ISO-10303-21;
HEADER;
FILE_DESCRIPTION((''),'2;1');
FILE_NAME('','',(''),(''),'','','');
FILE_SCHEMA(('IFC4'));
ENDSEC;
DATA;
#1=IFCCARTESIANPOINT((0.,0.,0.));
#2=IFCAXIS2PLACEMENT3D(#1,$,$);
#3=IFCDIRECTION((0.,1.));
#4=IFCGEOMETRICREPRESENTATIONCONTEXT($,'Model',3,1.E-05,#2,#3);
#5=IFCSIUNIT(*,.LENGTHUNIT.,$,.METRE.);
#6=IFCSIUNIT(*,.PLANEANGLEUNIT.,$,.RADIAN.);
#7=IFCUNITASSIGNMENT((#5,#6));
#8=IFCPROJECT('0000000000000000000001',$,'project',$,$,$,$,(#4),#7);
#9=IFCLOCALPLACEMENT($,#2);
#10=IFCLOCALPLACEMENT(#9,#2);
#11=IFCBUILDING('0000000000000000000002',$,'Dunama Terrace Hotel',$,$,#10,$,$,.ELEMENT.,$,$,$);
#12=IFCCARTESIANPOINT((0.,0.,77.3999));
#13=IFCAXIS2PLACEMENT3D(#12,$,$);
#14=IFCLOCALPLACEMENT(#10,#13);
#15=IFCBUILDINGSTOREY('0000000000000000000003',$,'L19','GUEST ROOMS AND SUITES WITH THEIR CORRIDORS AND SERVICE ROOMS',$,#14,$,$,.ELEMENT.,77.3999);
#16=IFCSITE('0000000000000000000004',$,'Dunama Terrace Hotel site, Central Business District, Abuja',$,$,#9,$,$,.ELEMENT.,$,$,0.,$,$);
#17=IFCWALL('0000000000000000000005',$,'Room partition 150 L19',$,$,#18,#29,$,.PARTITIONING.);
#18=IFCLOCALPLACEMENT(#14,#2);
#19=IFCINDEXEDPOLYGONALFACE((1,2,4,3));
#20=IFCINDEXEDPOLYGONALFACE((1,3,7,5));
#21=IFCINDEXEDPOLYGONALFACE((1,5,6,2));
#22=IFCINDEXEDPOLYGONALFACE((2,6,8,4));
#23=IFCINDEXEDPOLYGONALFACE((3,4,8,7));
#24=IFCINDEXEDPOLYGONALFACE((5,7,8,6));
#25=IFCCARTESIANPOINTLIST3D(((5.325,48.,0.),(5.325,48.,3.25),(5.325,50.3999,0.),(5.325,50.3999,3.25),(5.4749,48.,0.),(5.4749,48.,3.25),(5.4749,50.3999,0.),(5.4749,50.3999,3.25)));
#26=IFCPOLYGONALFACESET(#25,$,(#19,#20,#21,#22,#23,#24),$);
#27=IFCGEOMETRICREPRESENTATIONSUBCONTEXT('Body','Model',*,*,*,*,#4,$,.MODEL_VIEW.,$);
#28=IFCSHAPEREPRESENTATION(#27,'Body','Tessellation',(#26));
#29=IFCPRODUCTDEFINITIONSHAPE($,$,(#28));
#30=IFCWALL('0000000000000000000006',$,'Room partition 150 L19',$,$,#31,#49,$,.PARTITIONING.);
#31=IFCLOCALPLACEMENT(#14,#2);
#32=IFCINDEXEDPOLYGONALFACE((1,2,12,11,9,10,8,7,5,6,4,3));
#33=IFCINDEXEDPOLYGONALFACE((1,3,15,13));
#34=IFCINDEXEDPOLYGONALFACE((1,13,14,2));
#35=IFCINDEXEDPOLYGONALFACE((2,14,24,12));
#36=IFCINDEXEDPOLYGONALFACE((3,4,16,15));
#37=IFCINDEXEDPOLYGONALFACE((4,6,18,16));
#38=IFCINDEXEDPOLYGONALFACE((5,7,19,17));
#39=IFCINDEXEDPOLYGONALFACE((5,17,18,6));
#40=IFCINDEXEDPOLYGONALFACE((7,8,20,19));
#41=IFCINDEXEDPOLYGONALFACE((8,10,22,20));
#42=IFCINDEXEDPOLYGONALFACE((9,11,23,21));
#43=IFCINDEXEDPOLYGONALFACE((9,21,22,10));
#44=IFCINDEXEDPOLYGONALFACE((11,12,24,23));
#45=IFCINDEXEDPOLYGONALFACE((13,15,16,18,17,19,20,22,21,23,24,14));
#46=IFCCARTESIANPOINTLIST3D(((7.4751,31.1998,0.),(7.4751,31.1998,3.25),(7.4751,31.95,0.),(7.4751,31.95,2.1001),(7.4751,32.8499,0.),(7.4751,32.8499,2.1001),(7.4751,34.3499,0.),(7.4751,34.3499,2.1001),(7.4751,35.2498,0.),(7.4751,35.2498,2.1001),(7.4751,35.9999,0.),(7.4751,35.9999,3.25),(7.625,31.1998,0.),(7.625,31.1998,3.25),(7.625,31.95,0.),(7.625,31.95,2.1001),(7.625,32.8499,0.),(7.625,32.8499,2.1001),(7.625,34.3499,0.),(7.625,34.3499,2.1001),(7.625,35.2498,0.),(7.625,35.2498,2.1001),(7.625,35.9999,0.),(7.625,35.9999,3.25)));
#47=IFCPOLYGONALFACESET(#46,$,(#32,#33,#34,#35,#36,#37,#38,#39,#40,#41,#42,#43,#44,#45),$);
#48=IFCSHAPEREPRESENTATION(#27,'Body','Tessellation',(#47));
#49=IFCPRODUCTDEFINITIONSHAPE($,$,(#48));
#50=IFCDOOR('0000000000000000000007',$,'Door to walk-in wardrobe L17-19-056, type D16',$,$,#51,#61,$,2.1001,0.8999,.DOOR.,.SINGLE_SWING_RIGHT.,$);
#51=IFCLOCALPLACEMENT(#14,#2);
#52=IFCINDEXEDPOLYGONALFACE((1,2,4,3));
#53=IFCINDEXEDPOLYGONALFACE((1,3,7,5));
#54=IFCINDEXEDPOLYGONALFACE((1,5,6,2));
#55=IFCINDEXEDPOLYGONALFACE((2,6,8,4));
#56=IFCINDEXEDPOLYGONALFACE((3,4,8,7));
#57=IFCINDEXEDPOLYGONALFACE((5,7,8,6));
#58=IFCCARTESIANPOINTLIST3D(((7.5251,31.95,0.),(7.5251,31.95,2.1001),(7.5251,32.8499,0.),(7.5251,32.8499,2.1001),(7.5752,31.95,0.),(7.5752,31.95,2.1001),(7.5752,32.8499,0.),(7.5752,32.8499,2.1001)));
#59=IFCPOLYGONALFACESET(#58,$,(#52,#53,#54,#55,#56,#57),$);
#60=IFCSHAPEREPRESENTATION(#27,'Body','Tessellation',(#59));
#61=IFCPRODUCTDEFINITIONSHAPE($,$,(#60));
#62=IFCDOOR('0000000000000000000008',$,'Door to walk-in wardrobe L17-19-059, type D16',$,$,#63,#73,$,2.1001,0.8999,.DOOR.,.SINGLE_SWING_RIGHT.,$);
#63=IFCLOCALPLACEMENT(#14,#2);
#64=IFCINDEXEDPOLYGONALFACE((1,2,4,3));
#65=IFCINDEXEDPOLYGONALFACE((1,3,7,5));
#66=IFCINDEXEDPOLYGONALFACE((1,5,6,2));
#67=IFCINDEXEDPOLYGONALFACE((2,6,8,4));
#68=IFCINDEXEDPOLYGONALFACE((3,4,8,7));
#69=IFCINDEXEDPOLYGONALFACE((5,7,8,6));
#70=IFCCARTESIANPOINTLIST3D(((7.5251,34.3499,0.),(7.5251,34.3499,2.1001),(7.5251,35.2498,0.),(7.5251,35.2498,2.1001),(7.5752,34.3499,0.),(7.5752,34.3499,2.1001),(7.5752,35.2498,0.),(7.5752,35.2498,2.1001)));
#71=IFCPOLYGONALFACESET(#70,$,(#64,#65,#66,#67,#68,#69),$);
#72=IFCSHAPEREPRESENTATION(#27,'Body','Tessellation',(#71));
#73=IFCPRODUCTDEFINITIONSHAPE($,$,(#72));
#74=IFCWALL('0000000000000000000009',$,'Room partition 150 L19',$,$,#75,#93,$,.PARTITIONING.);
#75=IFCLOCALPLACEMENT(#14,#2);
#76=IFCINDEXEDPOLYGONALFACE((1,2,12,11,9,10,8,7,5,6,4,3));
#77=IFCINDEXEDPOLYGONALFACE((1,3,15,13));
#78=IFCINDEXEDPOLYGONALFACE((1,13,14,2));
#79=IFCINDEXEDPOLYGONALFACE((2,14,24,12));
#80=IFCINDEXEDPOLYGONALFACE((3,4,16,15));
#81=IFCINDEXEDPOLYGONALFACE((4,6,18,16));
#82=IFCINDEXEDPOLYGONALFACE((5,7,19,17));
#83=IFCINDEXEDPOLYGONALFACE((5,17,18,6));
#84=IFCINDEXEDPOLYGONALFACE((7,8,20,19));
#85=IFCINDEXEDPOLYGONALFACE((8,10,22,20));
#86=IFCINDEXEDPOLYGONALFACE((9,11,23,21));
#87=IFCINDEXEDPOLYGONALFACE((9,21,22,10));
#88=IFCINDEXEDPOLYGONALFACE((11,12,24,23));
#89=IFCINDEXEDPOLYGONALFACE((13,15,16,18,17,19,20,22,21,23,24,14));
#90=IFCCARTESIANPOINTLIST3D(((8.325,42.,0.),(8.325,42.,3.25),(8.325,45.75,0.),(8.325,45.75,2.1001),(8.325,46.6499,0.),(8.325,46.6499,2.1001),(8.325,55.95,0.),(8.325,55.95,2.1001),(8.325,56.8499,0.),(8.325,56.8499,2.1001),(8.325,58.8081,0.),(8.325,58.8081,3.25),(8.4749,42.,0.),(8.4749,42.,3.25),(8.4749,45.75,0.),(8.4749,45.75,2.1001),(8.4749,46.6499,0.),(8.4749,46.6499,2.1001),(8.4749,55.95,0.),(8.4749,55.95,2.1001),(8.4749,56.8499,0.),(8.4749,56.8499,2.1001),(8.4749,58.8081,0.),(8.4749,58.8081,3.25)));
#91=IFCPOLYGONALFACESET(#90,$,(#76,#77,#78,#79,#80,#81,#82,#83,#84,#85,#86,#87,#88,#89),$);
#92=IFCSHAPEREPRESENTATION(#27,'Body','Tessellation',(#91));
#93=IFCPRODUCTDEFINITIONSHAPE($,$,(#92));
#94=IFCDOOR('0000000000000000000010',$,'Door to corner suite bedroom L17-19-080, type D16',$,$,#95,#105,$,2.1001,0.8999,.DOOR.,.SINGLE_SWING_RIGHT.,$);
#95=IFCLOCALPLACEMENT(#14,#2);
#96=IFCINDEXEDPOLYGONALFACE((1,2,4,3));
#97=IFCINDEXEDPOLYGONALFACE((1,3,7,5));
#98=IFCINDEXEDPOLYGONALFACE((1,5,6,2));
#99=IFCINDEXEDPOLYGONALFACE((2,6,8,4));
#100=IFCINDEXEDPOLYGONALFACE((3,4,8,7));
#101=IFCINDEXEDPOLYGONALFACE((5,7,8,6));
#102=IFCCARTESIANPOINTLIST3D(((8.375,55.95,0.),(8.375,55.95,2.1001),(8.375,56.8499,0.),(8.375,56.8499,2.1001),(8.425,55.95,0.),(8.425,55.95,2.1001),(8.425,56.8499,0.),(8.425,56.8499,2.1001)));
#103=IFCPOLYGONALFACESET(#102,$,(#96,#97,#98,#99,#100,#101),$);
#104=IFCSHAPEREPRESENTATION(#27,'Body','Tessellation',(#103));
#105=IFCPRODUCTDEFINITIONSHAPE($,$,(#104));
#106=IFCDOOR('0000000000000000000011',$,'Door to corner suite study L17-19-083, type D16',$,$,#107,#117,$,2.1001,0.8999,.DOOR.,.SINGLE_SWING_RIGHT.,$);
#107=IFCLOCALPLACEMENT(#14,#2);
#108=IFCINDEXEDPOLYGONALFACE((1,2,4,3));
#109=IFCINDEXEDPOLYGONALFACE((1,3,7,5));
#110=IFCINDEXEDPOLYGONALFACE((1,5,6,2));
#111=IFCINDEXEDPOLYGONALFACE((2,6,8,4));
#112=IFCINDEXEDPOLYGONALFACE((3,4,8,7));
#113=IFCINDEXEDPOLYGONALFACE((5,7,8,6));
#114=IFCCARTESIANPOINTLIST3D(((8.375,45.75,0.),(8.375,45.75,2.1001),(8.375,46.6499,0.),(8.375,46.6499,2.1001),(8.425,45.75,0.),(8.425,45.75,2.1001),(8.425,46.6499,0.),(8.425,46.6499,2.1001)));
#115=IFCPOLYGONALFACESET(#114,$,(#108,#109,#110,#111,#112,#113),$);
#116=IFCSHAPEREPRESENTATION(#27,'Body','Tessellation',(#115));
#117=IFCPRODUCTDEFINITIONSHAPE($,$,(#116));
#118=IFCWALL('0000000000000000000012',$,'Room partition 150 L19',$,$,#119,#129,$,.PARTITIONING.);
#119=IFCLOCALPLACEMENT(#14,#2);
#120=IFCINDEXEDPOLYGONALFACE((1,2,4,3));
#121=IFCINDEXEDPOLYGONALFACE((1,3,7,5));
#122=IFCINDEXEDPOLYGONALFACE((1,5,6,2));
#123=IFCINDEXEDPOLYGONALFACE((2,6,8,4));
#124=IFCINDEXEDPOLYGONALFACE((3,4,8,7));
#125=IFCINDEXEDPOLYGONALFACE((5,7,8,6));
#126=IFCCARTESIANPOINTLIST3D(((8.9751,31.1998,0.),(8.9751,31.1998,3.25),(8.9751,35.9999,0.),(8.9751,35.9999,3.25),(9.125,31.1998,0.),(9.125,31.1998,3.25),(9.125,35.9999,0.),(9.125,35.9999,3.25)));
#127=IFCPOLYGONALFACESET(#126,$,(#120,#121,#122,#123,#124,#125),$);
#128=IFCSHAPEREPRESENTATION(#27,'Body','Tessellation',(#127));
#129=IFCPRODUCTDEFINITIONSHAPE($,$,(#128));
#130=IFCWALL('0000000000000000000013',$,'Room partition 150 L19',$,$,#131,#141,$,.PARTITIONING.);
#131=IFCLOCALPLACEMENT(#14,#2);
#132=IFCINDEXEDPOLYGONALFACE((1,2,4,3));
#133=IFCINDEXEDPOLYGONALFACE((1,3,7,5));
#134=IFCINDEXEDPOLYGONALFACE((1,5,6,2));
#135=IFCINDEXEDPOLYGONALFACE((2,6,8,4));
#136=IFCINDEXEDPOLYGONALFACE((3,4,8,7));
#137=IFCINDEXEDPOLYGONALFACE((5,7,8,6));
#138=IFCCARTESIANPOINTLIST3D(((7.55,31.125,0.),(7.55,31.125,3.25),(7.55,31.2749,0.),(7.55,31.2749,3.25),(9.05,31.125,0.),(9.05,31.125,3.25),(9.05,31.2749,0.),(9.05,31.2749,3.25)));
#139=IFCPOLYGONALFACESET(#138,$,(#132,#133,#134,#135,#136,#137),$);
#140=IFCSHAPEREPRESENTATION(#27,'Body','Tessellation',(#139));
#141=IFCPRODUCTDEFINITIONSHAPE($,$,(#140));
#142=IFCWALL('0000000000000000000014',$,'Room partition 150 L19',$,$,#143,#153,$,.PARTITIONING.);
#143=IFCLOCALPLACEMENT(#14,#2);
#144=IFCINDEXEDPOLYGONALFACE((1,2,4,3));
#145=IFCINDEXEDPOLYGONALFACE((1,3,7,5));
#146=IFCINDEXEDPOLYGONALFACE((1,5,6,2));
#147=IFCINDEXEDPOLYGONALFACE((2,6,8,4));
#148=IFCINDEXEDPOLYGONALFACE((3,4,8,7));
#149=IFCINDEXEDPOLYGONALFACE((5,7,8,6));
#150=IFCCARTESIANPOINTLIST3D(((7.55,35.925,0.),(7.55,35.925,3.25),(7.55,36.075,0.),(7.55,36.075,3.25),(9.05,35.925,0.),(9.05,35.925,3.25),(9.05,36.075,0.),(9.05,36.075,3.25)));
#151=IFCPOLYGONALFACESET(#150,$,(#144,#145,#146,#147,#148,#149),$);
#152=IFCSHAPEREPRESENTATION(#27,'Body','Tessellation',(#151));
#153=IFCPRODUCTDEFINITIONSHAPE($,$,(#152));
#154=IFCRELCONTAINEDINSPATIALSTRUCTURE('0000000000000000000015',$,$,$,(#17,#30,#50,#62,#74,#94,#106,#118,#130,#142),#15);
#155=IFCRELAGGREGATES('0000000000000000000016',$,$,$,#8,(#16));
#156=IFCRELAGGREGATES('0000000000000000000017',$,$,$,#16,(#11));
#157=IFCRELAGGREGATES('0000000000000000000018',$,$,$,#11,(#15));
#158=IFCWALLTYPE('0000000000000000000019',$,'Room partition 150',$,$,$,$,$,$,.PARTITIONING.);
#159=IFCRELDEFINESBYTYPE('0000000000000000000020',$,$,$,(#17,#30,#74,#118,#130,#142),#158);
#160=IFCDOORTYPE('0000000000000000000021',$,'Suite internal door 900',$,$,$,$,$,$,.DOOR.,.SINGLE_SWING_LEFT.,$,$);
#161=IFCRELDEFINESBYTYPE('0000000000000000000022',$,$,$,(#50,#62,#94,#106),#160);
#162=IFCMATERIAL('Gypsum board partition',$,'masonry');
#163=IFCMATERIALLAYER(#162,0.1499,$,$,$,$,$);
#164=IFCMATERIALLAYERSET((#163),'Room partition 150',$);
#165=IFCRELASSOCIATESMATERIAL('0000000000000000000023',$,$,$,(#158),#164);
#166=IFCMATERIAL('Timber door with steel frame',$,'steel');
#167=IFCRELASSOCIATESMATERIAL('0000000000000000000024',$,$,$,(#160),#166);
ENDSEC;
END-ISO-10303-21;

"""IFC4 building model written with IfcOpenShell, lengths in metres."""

from ifc_helpers import new_model, si_unit, direction, frame, frame_2d, origin, place, context, subcontext, project, spatial, rectangle, extrude, material, layer, layer_set, type_object, element, fill, save


model = new_model("IFC4")

# Units and contexts
model_context = context("Model", 3, precision=1e-05, world=origin(), true_north=direction((0.0, 1.0)))
body_context = subcontext(model_context, "Body", "Model", "MODEL_VIEW")
ifc_project = project(units=[si_unit("LENGTHUNIT", "METRE"), si_unit("PLANEANGLEUNIT", "RADIAN")], contexts=[model_context])

# Site, building, storey
site_placement = place(None, origin())
site = spatial("IfcSite", under=ifc_project, at=site_placement, Name="Dunama Terrace Hotel site, Central Business District, Abuja", CompositionType="ELEMENT", RefElevation=0.0)
building_placement = place(site_placement, origin())
building = spatial("IfcBuilding", under=site, at=building_placement, Name="Dunama Terrace Hotel", CompositionType="ELEMENT")
storey_placement = place(building_placement, frame((0.0, 0.0, 77.3999)))
storey = spatial("IfcBuildingStorey", under=building, at=storey_placement, Name="L19", Description="GUEST ROOMS AND SUITES WITH THEIR CORRIDORS AND SERVICE ROOMS", CompositionType="ELEMENT", Elevation=77.3999)

# Wall
ifc_material_1 = material(Name="Gypsum board partition", Category="masonry")
ifc_layer_1 = layer(ifc_material_1, 0.1499)
ifc_layer_set_1 = layer_set([ifc_layer_1], Name="Room partition 150")
wall_type_1 = type_object("IfcWallType", Name="Room partition 150", PredefinedType="PARTITIONING", material=ifc_layer_set_1)
wall_1_placement = place(storey_placement, frame((5.3999, 48.0, 0.0), z_axis=(0.0, 0.0, 1.0), x_axis=(0.0, 1.0, 0.0)))
element("IfcWall", 1, at=wall_1_placement, inside=storey, type_object=wall_type_1, Name="Room partition 150 L19", PredefinedType="PARTITIONING", context=body_context, shape_type="SweptSolid", body=[
    extrude(rectangle(XDim=2.3999, YDim=0.1499, at=frame_2d((1.2, 0.0))), origin(), (0.0, 0.0, 1.0), 3.25),
])

# Walls, openings, doors
wall_2_placement = place(storey_placement, frame((7.55, 31.2, 0.0), z_axis=(0.0, 0.0, 1.0), x_axis=(0.0, 1.0, 0.0)))
wall_2 = element("IfcWall", 2, at=wall_2_placement, inside=storey, type_object=wall_type_1, Name="Room partition 150 L19", PredefinedType="PARTITIONING", context=body_context, shape_type="SweptSolid", body=[
    extrude(rectangle(XDim=4.8, YDim=0.1499, at=frame_2d((2.3999, 0.0))), origin(), (0.0, 0.0, 1.0), 3.25),
])
opening_1_placement = place(wall_2_placement, frame((0.75, 0.0, 0.0)))
opening_1 = element("IfcOpeningElement", 3, at=opening_1_placement, cuts=wall_2, PredefinedType="OPENING", context=body_context, shape_type="SweptSolid", body=[
    extrude(rectangle(XDim=0.8999, YDim=2.1001, at=frame_2d((0.45, 1.05))), frame((0.0, 0.085, 0.0), z_axis=(0.0, -1.0, 0.0), x_axis=(1.0, 0.0, 0.0)), (0.0, 0.0, 1.0), 0.1699),
])
opening_2_placement = place(wall_2_placement, frame((3.1499, 0.0, 0.0)))
opening_2 = element("IfcOpeningElement", 4, at=opening_2_placement, cuts=wall_2, PredefinedType="OPENING", context=body_context, shape_type="SweptSolid", body=[
    extrude(rectangle(XDim=0.8999, YDim=2.1001, at=frame_2d((0.45, 1.05))), frame((0.0, 0.085, 0.0), z_axis=(0.0, -1.0, 0.0), x_axis=(1.0, 0.0, 0.0)), (0.0, 0.0, 1.0), 0.1699),
])
ifc_material_2 = material(Name="Timber door with steel frame", Category="steel")
door_type_1 = type_object("IfcDoorType", Name="Suite internal door 900", OperationType="SINGLE_SWING_LEFT", PredefinedType="DOOR", material=ifc_material_2)
door_1_placement = place(opening_1_placement, frame((0.8999, 0.0, 0.0), z_axis=(0.0, 0.0, 1.0), x_axis=(-1.0, 0.0, 0.0)))
door_1 = element("IfcDoor", 5, at=door_1_placement, inside=storey, type_object=door_type_1, Name="Door to walk-in wardrobe L17-19-056, type D16", OperationType="SINGLE_SWING_RIGHT", OverallHeight=2.1001, OverallWidth=0.8999, PredefinedType="DOOR", context=body_context, shape_type="SweptSolid", body=[
    extrude(rectangle(XDim=0.8999, YDim=2.1001, at=frame_2d((0.45, 1.05))), frame((0.0, 0.0251, 0.0), z_axis=(0.0, -1.0, 0.0), x_axis=(1.0, 0.0, 0.0)), (0.0, 0.0, 1.0), 0.05),
])
fill(opening_1, door_1)
door_2_placement = place(opening_2_placement, frame((0.8999, 0.0, 0.0), z_axis=(0.0, 0.0, 1.0), x_axis=(-1.0, 0.0, 0.0)))
door_2 = element("IfcDoor", 6, at=door_2_placement, inside=storey, type_object=door_type_1, Name="Door to walk-in wardrobe L17-19-059, type D16", OperationType="SINGLE_SWING_RIGHT", OverallHeight=2.1001, OverallWidth=0.8999, PredefinedType="DOOR", context=body_context, shape_type="SweptSolid", body=[
    extrude(rectangle(XDim=0.8999, YDim=2.1001, at=frame_2d((0.45, 1.05))), frame((0.0, 0.0251, 0.0), z_axis=(0.0, -1.0, 0.0), x_axis=(1.0, 0.0, 0.0)), (0.0, 0.0, 1.0), 0.05),
])
fill(opening_2, door_2)
wall_3_placement = place(storey_placement, frame((8.3999, 42.0, 0.0), z_axis=(0.0, 0.0, 1.0), x_axis=(0.0, 1.0, 0.0)))
wall_3 = element("IfcWall", 7, at=wall_3_placement, inside=storey, type_object=wall_type_1, Name="Room partition 150 L19", PredefinedType="PARTITIONING", context=body_context, shape_type="SweptSolid", body=[
    extrude(rectangle(XDim=16.8081, YDim=0.1499, at=frame_2d((8.4041, 0.0))), origin(), (0.0, 0.0, 1.0), 3.25),
])
opening_3_placement = place(wall_3_placement, frame((13.95, 0.0, 0.0)))
opening_3 = element("IfcOpeningElement", 8, at=opening_3_placement, cuts=wall_3, PredefinedType="OPENING", context=body_context, shape_type="SweptSolid", body=[
    extrude(rectangle(XDim=0.8999, YDim=2.1001, at=frame_2d((0.45, 1.05))), frame((0.0, 0.085, 0.0), z_axis=(0.0, -1.0, 0.0), x_axis=(1.0, 0.0, 0.0)), (0.0, 0.0, 1.0), 0.1699),
])
opening_4_placement = place(wall_3_placement, frame((3.75, 0.0, 0.0)))
opening_4 = element("IfcOpeningElement", 9, at=opening_4_placement, cuts=wall_3, PredefinedType="OPENING", context=body_context, shape_type="SweptSolid", body=[
    extrude(rectangle(XDim=0.8999, YDim=2.1001, at=frame_2d((0.45, 1.05))), frame((0.0, 0.085, 0.0), z_axis=(0.0, -1.0, 0.0), x_axis=(1.0, 0.0, 0.0)), (0.0, 0.0, 1.0), 0.1699),
])
door_3_placement = place(opening_3_placement, origin())
door_3 = element("IfcDoor", 10, at=door_3_placement, inside=storey, type_object=door_type_1, Name="Door to corner suite bedroom L17-19-080, type D16", OperationType="SINGLE_SWING_RIGHT", OverallHeight=2.1001, OverallWidth=0.8999, PredefinedType="DOOR", context=body_context, shape_type="SweptSolid", body=[
    extrude(rectangle(XDim=0.8999, YDim=2.1001, at=frame_2d((0.45, 1.05))), frame((0.0, 0.0249, 0.0), z_axis=(0.0, -1.0, 0.0), x_axis=(1.0, 0.0, 0.0)), (0.0, 0.0, 1.0), 0.05),
])
fill(opening_3, door_3)
door_4_placement = place(opening_4_placement, origin())
door_4 = element("IfcDoor", 11, at=door_4_placement, inside=storey, type_object=door_type_1, Name="Door to corner suite study L17-19-083, type D16", OperationType="SINGLE_SWING_RIGHT", OverallHeight=2.1001, OverallWidth=0.8999, PredefinedType="DOOR", context=body_context, shape_type="SweptSolid", body=[
    extrude(rectangle(XDim=0.8999, YDim=2.1001, at=frame_2d((0.45, 1.05))), frame((0.0, 0.0249, 0.0), z_axis=(0.0, -1.0, 0.0), x_axis=(1.0, 0.0, 0.0)), (0.0, 0.0, 1.0), 0.05),
])
fill(opening_4, door_4)

# Walls
wall_4_placement = place(storey_placement, frame((9.05, 31.2, 0.0), z_axis=(0.0, 0.0, 1.0), x_axis=(0.0, 1.0, 0.0)))
element("IfcWall", 12, at=wall_4_placement, inside=storey, type_object=wall_type_1, Name="Room partition 150 L19", PredefinedType="PARTITIONING", context=body_context, shape_type="SweptSolid", body=[
    extrude(rectangle(XDim=4.8, YDim=0.1499, at=frame_2d((2.3999, 0.0))), origin(), (0.0, 0.0, 1.0), 3.25),
])
for number, where, z_axis, x_axis, name in (
    (13, (7.55, 31.2, 0.0), (0.0, 0.0, 1.0), (1.0, 0.0, 0.0), "Room partition 150 L19"),
    (14, (7.55, 36.0, 0.0), (0.0, 0.0, 1.0), (1.0, 0.0, 0.0), "Room partition 150 L19"),
):
    element("IfcWall", number, at=place(storey_placement, frame(where, z_axis=z_axis, x_axis=x_axis)), inside=storey, type_object=wall_type_1, Name=name, PredefinedType="PARTITIONING", context=body_context, shape_type="SweptSolid", body=[
        extrude(rectangle(XDim=1.5, YDim=0.1499, at=frame_2d((0.75, 0.0))), origin(), (0.0, 0.0, 1.0), 3.25),
    ])

save(model, "model.ifc")
